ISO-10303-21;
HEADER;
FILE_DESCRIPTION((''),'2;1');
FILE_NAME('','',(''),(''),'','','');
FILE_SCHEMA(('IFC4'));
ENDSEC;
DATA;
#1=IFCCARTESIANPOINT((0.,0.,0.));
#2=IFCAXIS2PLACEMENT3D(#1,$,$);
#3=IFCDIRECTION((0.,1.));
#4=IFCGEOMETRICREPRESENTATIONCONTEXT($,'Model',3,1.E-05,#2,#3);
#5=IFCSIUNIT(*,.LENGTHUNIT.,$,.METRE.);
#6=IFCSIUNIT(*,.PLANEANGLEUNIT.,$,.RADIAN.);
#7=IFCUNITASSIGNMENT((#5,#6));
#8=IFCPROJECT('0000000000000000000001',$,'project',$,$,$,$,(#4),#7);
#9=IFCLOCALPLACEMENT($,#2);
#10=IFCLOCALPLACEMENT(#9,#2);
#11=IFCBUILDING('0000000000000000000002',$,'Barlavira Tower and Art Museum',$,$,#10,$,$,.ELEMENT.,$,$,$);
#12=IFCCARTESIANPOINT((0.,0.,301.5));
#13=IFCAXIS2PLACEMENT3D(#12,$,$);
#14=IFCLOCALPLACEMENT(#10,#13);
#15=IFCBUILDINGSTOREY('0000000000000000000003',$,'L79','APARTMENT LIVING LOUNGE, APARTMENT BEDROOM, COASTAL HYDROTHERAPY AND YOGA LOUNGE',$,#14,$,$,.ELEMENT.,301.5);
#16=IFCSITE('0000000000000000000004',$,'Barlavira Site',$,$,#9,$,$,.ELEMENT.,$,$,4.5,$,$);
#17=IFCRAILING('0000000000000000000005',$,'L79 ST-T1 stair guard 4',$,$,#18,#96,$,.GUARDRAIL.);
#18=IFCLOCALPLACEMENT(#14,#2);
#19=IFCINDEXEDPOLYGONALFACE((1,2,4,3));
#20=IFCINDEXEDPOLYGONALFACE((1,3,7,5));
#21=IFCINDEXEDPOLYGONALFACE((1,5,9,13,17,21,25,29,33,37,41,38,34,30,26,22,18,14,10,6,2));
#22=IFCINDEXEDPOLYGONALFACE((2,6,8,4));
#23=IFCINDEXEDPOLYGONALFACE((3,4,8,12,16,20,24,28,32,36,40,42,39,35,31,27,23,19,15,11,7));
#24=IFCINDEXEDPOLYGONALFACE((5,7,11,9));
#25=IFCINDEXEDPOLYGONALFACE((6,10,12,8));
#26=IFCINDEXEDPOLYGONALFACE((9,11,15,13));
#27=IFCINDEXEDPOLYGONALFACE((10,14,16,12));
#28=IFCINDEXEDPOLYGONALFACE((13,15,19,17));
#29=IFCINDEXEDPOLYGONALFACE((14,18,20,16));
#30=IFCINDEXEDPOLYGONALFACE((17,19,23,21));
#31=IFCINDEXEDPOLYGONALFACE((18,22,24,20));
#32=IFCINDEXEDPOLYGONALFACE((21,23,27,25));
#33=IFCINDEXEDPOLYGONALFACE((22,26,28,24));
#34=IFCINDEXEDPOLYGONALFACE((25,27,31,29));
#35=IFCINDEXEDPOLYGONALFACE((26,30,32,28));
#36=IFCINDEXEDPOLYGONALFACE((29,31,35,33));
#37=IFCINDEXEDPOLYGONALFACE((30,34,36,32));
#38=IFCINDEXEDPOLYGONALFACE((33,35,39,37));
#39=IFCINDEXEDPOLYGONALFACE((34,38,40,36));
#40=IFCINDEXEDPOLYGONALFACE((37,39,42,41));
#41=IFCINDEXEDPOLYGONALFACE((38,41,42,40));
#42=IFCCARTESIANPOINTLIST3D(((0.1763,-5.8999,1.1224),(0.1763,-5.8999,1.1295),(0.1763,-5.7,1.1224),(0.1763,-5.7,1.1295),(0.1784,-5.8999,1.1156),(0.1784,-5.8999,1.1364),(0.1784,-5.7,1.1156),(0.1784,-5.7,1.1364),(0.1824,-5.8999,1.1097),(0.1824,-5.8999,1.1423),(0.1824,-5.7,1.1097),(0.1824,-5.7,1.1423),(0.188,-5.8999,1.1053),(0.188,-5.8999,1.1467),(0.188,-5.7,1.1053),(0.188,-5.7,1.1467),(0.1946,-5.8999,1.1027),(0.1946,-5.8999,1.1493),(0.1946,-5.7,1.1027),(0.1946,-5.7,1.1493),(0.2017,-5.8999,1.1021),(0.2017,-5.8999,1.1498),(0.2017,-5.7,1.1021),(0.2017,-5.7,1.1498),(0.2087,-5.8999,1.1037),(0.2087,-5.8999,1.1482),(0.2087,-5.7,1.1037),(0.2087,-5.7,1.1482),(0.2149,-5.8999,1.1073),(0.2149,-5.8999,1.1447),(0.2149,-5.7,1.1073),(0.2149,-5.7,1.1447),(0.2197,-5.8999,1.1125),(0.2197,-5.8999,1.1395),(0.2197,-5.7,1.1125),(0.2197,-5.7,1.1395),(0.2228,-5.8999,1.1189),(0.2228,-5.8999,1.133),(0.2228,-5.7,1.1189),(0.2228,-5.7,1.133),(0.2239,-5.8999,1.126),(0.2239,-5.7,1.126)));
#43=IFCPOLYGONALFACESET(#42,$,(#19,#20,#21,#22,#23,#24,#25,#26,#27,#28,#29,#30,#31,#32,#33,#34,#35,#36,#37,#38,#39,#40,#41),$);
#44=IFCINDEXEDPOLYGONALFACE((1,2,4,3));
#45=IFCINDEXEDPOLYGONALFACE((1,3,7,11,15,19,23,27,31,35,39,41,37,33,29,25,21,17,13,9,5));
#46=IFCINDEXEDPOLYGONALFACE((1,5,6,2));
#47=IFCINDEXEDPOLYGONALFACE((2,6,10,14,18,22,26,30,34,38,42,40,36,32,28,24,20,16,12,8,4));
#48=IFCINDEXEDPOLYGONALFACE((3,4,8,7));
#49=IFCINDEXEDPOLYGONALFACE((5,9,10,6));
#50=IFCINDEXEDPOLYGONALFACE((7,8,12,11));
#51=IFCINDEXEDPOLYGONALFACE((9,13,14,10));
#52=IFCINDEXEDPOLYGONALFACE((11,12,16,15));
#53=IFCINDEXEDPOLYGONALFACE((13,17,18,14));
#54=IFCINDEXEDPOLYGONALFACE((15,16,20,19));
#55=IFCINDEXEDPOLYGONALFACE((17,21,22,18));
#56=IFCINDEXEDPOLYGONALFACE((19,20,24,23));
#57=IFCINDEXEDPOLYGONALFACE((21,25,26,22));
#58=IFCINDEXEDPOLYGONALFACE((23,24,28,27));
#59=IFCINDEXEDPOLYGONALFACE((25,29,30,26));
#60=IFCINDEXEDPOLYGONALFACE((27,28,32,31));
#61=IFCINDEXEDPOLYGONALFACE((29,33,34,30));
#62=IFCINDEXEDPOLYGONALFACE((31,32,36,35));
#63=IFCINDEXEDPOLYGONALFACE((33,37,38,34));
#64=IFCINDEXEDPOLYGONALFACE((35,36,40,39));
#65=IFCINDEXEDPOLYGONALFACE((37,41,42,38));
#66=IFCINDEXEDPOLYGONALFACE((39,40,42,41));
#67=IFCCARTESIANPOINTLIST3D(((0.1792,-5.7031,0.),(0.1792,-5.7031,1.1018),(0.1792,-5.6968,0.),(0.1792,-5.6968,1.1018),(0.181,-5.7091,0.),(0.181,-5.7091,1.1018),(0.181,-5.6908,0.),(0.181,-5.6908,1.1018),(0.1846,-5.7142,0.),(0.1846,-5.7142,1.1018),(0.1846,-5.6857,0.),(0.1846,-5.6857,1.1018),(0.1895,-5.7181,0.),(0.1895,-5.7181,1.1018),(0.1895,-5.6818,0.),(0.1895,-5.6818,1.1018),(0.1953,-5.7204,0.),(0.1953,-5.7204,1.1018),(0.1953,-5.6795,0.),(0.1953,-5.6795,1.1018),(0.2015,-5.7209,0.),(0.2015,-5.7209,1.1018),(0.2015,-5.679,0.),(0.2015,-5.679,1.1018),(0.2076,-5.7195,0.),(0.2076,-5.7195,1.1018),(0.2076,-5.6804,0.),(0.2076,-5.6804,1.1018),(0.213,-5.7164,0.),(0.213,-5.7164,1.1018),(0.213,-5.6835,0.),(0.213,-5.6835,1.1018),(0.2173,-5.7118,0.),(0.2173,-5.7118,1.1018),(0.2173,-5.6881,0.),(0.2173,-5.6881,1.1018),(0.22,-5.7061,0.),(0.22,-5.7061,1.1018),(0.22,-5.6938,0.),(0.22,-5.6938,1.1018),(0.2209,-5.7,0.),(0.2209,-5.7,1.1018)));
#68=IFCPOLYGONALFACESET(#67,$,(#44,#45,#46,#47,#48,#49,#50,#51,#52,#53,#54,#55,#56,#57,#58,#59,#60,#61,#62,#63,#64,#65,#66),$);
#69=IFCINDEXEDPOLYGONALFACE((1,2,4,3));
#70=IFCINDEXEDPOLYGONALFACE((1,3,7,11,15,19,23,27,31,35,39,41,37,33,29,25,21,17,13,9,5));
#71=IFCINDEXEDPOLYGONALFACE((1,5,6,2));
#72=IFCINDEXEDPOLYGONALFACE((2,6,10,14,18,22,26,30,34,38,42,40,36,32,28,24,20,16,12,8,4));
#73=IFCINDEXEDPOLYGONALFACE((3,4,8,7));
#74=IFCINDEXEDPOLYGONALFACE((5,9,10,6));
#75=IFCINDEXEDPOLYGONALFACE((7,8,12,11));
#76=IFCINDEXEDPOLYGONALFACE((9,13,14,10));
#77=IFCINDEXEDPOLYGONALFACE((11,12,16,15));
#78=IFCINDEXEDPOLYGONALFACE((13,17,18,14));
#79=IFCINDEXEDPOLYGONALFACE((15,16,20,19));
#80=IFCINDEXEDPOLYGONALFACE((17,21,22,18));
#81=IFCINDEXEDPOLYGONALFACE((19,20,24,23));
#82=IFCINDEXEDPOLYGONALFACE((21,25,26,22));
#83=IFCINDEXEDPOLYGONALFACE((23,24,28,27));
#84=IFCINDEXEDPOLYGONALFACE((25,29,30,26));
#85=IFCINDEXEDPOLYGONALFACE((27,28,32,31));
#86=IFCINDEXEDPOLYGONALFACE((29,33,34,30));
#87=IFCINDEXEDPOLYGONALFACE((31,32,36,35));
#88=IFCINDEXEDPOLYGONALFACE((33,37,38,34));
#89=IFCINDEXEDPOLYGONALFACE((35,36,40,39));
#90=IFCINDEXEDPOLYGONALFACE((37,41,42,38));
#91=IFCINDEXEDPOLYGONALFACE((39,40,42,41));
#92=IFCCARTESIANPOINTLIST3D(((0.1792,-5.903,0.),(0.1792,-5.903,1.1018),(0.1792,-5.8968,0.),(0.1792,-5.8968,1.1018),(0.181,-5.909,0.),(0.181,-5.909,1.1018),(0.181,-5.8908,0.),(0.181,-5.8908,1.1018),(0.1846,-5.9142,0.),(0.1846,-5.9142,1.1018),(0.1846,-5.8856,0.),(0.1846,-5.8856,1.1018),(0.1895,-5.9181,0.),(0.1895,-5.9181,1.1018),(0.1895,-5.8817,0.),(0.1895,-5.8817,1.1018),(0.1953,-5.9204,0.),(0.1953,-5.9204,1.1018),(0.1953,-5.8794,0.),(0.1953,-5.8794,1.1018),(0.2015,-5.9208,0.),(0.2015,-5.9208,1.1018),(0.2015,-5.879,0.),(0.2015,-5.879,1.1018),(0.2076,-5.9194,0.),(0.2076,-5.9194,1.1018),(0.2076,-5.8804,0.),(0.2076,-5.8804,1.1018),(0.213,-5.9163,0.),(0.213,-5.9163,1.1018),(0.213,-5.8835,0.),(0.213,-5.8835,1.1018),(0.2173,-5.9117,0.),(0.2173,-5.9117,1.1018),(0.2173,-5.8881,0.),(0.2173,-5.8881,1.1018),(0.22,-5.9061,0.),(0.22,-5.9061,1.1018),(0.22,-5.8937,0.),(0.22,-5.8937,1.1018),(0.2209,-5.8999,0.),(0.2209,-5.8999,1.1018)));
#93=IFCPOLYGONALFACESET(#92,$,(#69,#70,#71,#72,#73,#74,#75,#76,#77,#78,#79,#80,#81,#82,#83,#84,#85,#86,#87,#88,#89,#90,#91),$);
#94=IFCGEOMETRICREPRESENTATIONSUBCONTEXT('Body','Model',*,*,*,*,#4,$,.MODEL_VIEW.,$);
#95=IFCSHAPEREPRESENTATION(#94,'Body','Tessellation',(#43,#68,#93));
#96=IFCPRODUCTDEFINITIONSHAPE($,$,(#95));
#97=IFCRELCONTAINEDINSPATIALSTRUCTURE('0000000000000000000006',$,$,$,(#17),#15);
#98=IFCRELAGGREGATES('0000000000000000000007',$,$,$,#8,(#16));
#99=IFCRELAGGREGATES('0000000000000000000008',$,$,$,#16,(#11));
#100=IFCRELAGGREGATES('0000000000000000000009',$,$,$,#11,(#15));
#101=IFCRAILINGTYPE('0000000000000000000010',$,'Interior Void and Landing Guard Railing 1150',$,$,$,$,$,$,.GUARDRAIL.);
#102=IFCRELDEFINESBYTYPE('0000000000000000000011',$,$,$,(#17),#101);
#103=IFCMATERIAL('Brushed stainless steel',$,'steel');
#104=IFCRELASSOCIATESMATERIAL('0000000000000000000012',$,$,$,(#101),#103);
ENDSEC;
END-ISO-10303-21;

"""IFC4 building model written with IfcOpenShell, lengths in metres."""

from ifc_helpers import new_model, si_unit, direction, frame, origin, origin_2d, place, context, subcontext, project, spatial, circle, extrude, material, type_object, element, save


model = new_model("IFC4")

# Units and contexts
model_context = context("Model", 3, precision=1e-05, world=origin(), true_north=direction((0.0, 1.0)))
body_context = subcontext(model_context, "Body", "Model", "MODEL_VIEW")
ifc_project = project(units=[si_unit("LENGTHUNIT", "METRE"), si_unit("PLANEANGLEUNIT", "RADIAN")], contexts=[model_context])

# Site, building, storey
site_placement = place(None, origin())
site = spatial("IfcSite", under=ifc_project, at=site_placement, Name="Barlavira Site", CompositionType="ELEMENT", RefElevation=4.5)
building_placement = place(site_placement, origin())
building = spatial("IfcBuilding", under=site, at=building_placement, Name="Barlavira Tower and Art Museum", CompositionType="ELEMENT")
storey_placement = place(building_placement, frame((0.0, 0.0, 301.5)))
storey = spatial("IfcBuildingStorey", under=building, at=storey_placement, Name="L79", Description="APARTMENT LIVING LOUNGE, APARTMENT BEDROOM, COASTAL HYDROTHERAPY AND YOGA LOUNGE", CompositionType="ELEMENT", Elevation=301.5)

# Shared definitions
ifc_material_1 = material(Name="Brushed stainless steel", Category="steel")

# Railing
railing_type_1 = type_object("IfcRailingType", Name="Interior Void and Landing Guard Railing 1150", PredefinedType="GUARDRAIL", material=ifc_material_1)
railing_1_placement = place(storey_placement, frame((0.2, -5.7, 0.0)))
element("IfcRailing", 1, at=railing_1_placement, inside=storey, type_object=railing_type_1, Name="L79 ST-T1 stair guard 4", PredefinedType="GUARDRAIL", context=body_context, shape_type="SweptSolid", body=[
    extrude(circle(Radius=0.0239, at=origin_2d()), frame((0.0, 0.0, 1.126), z_axis=(0.0, -1.0, 0.0), x_axis=(1.0, 0.0, 0.0)), (0.0, 0.0, 1.0), 0.2),
    extrude(circle(Radius=0.021, at=origin_2d()), origin(), (0.0, 0.0, 1.0), 1.1018),
    extrude(circle(Radius=0.021, at=origin_2d()), frame((0.0, -0.2, 0.0)), (0.0, 0.0, 1.0), 1.1018),
])

save(model, "model.ifc")
